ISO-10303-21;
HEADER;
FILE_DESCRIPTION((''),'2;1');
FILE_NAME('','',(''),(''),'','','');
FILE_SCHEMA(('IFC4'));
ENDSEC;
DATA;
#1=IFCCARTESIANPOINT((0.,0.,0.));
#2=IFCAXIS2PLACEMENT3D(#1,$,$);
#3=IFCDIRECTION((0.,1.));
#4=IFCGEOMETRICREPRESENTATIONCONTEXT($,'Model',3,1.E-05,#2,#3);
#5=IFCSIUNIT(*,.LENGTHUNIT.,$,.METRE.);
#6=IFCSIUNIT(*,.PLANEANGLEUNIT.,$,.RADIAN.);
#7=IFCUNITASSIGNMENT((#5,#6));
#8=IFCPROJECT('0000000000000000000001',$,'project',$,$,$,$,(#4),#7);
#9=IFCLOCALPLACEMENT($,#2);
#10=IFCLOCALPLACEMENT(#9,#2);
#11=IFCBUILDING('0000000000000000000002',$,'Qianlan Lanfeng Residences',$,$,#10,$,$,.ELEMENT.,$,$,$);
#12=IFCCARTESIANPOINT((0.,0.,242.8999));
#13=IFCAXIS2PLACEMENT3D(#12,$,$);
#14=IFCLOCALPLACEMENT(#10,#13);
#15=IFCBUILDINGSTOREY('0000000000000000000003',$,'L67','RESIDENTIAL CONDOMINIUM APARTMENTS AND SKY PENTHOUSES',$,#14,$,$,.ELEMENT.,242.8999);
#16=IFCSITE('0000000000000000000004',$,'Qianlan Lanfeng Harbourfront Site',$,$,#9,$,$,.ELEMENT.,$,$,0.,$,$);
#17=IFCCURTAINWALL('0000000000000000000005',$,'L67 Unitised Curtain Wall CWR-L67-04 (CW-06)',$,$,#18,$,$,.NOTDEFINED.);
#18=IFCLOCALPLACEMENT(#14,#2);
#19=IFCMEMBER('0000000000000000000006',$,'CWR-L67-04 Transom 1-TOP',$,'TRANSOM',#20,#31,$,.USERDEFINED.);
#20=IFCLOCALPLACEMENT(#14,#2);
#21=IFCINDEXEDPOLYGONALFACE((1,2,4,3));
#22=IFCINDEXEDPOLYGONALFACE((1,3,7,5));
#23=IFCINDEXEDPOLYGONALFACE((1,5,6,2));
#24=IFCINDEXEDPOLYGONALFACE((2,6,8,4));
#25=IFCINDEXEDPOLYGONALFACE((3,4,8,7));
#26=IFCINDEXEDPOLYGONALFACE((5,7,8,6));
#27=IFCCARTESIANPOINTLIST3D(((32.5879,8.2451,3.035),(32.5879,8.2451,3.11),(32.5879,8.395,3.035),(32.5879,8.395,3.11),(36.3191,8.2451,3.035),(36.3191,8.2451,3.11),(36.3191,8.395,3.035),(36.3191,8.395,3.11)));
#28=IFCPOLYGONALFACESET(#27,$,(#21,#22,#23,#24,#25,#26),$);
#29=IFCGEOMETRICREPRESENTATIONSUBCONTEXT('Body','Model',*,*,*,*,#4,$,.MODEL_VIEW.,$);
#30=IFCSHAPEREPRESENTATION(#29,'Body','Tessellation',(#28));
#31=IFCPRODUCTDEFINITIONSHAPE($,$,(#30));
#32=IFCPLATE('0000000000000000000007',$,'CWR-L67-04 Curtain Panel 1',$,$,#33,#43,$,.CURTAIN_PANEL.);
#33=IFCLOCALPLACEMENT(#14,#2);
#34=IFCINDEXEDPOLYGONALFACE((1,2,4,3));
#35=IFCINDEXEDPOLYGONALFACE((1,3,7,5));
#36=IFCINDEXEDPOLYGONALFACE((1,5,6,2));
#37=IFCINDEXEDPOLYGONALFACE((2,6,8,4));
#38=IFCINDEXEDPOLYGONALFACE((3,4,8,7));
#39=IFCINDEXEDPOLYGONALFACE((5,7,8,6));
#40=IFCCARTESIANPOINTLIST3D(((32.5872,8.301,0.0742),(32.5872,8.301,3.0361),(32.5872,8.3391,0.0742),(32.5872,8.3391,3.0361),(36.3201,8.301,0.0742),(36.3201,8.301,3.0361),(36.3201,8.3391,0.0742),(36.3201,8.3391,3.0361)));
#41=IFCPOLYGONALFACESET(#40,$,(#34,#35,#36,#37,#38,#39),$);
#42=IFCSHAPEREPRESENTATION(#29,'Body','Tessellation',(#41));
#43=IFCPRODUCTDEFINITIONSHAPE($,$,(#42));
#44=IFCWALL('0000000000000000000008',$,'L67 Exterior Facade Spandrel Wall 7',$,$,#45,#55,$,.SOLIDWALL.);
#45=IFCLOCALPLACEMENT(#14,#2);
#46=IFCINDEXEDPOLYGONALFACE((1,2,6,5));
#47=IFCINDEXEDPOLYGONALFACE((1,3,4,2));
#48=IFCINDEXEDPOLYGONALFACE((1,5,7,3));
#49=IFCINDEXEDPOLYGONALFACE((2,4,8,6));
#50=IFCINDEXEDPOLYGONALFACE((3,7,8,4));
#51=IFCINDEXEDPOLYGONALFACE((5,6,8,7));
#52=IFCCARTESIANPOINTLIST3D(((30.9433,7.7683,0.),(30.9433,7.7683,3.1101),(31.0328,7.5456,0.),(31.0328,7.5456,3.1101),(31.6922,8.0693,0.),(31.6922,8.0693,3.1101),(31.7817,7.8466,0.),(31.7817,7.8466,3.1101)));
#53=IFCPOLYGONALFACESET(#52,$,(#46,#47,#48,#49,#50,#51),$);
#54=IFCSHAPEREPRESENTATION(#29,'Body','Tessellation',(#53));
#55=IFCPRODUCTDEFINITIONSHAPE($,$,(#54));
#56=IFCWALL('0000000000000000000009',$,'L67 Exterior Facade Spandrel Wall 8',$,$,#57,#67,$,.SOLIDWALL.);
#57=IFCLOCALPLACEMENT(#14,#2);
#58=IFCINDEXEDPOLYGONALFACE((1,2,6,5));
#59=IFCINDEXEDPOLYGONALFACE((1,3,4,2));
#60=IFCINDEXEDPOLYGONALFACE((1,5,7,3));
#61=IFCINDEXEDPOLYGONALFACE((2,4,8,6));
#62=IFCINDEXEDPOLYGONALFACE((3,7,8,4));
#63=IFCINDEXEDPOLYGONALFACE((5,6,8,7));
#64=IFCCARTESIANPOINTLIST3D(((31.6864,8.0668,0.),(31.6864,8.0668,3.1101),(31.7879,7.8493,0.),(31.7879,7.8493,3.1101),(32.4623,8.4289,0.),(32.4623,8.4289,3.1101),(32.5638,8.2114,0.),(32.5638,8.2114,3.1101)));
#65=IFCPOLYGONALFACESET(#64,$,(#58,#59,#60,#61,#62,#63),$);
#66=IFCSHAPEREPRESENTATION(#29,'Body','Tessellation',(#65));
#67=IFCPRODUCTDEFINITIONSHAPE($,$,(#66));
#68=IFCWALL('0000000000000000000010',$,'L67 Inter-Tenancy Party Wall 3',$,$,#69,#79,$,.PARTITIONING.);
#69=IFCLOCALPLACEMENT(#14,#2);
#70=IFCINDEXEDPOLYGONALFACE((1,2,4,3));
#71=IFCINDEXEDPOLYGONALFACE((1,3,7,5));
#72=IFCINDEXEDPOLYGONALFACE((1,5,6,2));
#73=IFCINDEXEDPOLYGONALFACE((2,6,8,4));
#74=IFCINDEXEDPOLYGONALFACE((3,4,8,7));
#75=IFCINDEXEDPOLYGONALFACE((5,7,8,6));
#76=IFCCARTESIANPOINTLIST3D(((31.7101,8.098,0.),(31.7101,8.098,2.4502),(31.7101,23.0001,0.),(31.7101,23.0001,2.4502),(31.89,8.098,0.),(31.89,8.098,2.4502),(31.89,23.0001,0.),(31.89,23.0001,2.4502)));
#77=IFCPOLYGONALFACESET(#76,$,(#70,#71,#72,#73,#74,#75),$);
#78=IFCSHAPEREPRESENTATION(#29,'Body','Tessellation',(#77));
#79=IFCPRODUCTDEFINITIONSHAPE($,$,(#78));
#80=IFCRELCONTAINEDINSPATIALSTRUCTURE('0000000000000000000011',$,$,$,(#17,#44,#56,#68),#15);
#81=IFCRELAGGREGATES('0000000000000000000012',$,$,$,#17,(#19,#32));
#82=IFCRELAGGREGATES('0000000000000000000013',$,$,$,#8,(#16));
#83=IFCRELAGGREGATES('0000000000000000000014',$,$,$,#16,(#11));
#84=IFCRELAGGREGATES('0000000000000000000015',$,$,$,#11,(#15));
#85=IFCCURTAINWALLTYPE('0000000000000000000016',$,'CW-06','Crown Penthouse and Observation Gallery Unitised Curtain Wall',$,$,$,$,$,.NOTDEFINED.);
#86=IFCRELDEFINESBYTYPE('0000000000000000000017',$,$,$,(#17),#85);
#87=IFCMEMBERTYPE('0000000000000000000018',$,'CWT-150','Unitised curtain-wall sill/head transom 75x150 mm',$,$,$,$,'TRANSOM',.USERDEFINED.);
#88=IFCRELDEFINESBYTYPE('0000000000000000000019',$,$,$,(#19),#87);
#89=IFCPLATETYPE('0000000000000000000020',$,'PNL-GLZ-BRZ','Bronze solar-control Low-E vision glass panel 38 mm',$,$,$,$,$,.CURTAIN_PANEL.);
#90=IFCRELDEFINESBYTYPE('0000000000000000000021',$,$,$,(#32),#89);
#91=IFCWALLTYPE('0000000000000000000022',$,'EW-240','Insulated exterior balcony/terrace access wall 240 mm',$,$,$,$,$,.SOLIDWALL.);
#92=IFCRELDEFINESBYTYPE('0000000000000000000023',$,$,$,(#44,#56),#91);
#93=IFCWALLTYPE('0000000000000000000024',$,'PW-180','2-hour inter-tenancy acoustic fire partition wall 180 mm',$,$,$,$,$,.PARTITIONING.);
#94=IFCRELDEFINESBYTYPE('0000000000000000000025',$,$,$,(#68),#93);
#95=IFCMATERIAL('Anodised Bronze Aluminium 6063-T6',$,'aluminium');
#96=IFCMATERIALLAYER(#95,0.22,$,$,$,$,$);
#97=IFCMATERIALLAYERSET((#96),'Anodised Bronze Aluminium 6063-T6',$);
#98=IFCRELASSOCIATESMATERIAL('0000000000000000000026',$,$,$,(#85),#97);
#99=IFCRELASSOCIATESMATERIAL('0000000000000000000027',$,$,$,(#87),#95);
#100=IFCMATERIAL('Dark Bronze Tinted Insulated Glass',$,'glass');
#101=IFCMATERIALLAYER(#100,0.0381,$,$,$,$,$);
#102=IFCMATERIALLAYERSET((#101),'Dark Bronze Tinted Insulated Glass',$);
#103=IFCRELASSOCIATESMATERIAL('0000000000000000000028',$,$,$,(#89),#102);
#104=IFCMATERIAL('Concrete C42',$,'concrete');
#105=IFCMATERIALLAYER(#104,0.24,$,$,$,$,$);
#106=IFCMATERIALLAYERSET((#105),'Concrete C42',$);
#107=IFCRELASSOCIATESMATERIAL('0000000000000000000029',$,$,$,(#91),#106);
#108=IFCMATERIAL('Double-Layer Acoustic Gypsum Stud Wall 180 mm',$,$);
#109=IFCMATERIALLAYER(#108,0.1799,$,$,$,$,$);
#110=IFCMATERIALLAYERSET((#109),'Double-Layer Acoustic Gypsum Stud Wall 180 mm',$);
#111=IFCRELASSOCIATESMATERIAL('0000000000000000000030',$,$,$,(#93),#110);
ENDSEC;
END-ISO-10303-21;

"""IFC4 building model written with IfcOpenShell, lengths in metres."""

from ifc_helpers import new_model, si_unit, direction, frame, frame_2d, origin, origin_2d, place, context, subcontext, project, spatial, rectangle, extrude, source, transform, mapped, material, layer, layer_set, material_profile, profile_set, type_object, element, aggregate, save


model = new_model("IFC4")

# Units and contexts
model_context = context("Model", 3, precision=1e-05, world=origin(), true_north=direction((0.0, 1.0)))
body_context = subcontext(model_context, "Body", "Model", "MODEL_VIEW")
ifc_project = project(units=[si_unit("LENGTHUNIT", "METRE"), si_unit("PLANEANGLEUNIT", "RADIAN")], contexts=[model_context])

# Site, building, storey
site_placement = place(None, origin())
site = spatial("IfcSite", under=ifc_project, at=site_placement, Name="Qianlan Lanfeng Harbourfront Site", CompositionType="ELEMENT", RefElevation=0.0)
building_placement = place(site_placement, origin())
building = spatial("IfcBuilding", under=site, at=building_placement, Name="Qianlan Lanfeng Residences", CompositionType="ELEMENT")
storey_placement = place(building_placement, frame((0.0, 0.0, 242.8999)))
storey = spatial("IfcBuildingStorey", under=building, at=storey_placement, Name="L67", Description="RESIDENTIAL CONDOMINIUM APARTMENTS AND SKY PENTHOUSES", CompositionType="ELEMENT", Elevation=242.8999)

# Curtain wall, member, plate
ifc_material_1 = material(Name="Anodised Bronze Aluminium 6063-T6", Category="aluminium")
ifc_layer_1 = layer(ifc_material_1, 0.22)
ifc_layer_set_1 = layer_set([ifc_layer_1], Name="Anodised Bronze Aluminium 6063-T6")
curtain_wall_type = type_object("IfcCurtainWallType", Name="CW-06", Description="Crown Penthouse and Observation Gallery Unitised Curtain Wall", PredefinedType="NOTDEFINED", material=ifc_layer_set_1)
curtain_wall_placement = place(storey_placement, origin())
curtain_wall = element("IfcCurtainWall", 1, at=curtain_wall_placement, inside=storey, type_object=curtain_wall_type, Name="L67 Unitised Curtain Wall CWR-L67-04 (CW-06)", PredefinedType="NOTDEFINED")
ifc_material_profile_1 = material_profile(ifc_material_1, rectangle(XDim=0.075, YDim=0.1499, at=origin_2d()), Name="ALU TRANSOM 75x150")
ifc_profile_set_1 = profile_set([ifc_material_profile_1], Name="Anodised Bronze Aluminium 6063-T6")
member_type_1 = type_object("IfcMemberType", Name="CWT-150", Description="Unitised curtain-wall sill/head transom 75x150 mm", ElementType="TRANSOM", PredefinedType="USERDEFINED", material=ifc_profile_set_1)
shared_shape_1 = source(origin(), body_context, "Body", "SweptSolid", [
    extrude(rectangle(XDim=0.075, YDim=0.1499, at=origin_2d()), origin(), (0.0, 0.0, 1.0), 3.7312),
])
member_1_placement = place(storey_placement, frame((32.5879, 8.3201, 3.0725), z_axis=(1.0, 0.0, 0.0), x_axis=(0.0, 0.0, 1.0)))
member_1 = element("IfcMember", 2, at=member_1_placement, type_object=member_type_1, Name="CWR-L67-04 Transom 1-TOP", ObjectType="TRANSOM", PredefinedType="USERDEFINED", context=body_context, shape_type="MappedRepresentation", body=[
    mapped(shared_shape_1, transform((0.0, 0.0, 0.0), scale=1.0)),
])
ifc_material_2 = material(Name="Dark Bronze Tinted Insulated Glass", Category="glass")
ifc_layer_2 = layer(ifc_material_2, 0.0381)
ifc_layer_set_2 = layer_set([ifc_layer_2], Name="Dark Bronze Tinted Insulated Glass")
plate_type = type_object("IfcPlateType", Name="PNL-GLZ-BRZ", Description="Bronze solar-control Low-E vision glass panel 38 mm", PredefinedType="CURTAIN_PANEL", material=ifc_layer_set_2)
shared_shape_2 = source(origin(), body_context, "Body", "SweptSolid", [
    extrude(rectangle(XDim=3.7329, YDim=0.0381, at=origin_2d()), origin(), (0.0, 0.0, 1.0), 2.9619),
])
plate_placement = place(storey_placement, frame((34.4536, 8.3201, 0.0742), z_axis=(0.0, 0.0, 1.0), x_axis=(1.0, 0.0, 0.0)))
plate = element("IfcPlate", 3, at=plate_placement, type_object=plate_type, Name="CWR-L67-04 Curtain Panel 1", PredefinedType="CURTAIN_PANEL", context=body_context, shape_type="MappedRepresentation", body=[
    mapped(shared_shape_2, transform((0.0, 0.0, 0.0), scale=1.0)),
])
aggregate(curtain_wall, [member_1, plate])

# Walls
ifc_material_3 = material(Name="Concrete C42", Category="concrete")
ifc_layer_3 = layer(ifc_material_3, 0.24)
ifc_layer_set_3 = layer_set([ifc_layer_3], Name="Concrete C42")
wall_type_1 = type_object("IfcWallType", Name="EW-240", Description="Insulated exterior balcony/terrace access wall 240 mm", PredefinedType="SOLIDWALL", material=ifc_layer_set_3)
wall_1_placement = place(storey_placement, frame((30.988, 7.657, 0.0), z_axis=(0.0, 0.0, 1.0), x_axis=(0.927871, 0.372902, 0.0)))
element("IfcWall", 4, at=wall_1_placement, inside=storey, type_object=wall_type_1, Name="L67 Exterior Facade Spandrel Wall 7", PredefinedType="SOLIDWALL", context=body_context, shape_type="SweptSolid", body=[
    extrude(rectangle(XDim=0.8071, YDim=0.24, at=frame_2d((0.4036, 0.0))), origin(), (0.0, 0.0, 1.0), 3.1101),
])
wall_2_placement = place(storey_placement, frame((31.7371, 7.958, 0.0), z_axis=(0.0, 0.0, 1.0), x_axis=(0.90619, 0.42287, 0.0)))
element("IfcWall", 5, at=wall_2_placement, inside=storey, type_object=wall_type_1, Name="L67 Exterior Facade Spandrel Wall 8", PredefinedType="SOLIDWALL", context=body_context, shape_type="SweptSolid", body=[
    extrude(rectangle(XDim=0.8562, YDim=0.24, at=frame_2d((0.4282, 0.0))), origin(), (0.0, 0.0, 1.0), 3.1101),
])
ifc_material_4 = material(Name="Double-Layer Acoustic Gypsum Stud Wall 180 mm")
ifc_layer_4 = layer(ifc_material_4, 0.1799)
ifc_layer_set_4 = layer_set([ifc_layer_4], Name="Double-Layer Acoustic Gypsum Stud Wall 180 mm")
wall_type_2 = type_object("IfcWallType", Name="PW-180", Description="2-hour inter-tenancy acoustic fire partition wall 180 mm", PredefinedType="PARTITIONING", material=ifc_layer_set_4)
wall_3_placement = place(storey_placement, frame((31.8, 8.0979, 0.0), z_axis=(0.0, 0.0, 1.0), x_axis=(0.0, 1.0, 0.0)))
element("IfcWall", 6, at=wall_3_placement, inside=storey, type_object=wall_type_2, Name="L67 Inter-Tenancy Party Wall 3", PredefinedType="PARTITIONING", context=body_context, shape_type="SweptSolid", body=[
    extrude(rectangle(XDim=14.9021, YDim=0.1799, at=frame_2d((7.4512, 0.0))), origin(), (0.0, 0.0, 1.0), 2.4502),
])

save(model, "model.ifc")
